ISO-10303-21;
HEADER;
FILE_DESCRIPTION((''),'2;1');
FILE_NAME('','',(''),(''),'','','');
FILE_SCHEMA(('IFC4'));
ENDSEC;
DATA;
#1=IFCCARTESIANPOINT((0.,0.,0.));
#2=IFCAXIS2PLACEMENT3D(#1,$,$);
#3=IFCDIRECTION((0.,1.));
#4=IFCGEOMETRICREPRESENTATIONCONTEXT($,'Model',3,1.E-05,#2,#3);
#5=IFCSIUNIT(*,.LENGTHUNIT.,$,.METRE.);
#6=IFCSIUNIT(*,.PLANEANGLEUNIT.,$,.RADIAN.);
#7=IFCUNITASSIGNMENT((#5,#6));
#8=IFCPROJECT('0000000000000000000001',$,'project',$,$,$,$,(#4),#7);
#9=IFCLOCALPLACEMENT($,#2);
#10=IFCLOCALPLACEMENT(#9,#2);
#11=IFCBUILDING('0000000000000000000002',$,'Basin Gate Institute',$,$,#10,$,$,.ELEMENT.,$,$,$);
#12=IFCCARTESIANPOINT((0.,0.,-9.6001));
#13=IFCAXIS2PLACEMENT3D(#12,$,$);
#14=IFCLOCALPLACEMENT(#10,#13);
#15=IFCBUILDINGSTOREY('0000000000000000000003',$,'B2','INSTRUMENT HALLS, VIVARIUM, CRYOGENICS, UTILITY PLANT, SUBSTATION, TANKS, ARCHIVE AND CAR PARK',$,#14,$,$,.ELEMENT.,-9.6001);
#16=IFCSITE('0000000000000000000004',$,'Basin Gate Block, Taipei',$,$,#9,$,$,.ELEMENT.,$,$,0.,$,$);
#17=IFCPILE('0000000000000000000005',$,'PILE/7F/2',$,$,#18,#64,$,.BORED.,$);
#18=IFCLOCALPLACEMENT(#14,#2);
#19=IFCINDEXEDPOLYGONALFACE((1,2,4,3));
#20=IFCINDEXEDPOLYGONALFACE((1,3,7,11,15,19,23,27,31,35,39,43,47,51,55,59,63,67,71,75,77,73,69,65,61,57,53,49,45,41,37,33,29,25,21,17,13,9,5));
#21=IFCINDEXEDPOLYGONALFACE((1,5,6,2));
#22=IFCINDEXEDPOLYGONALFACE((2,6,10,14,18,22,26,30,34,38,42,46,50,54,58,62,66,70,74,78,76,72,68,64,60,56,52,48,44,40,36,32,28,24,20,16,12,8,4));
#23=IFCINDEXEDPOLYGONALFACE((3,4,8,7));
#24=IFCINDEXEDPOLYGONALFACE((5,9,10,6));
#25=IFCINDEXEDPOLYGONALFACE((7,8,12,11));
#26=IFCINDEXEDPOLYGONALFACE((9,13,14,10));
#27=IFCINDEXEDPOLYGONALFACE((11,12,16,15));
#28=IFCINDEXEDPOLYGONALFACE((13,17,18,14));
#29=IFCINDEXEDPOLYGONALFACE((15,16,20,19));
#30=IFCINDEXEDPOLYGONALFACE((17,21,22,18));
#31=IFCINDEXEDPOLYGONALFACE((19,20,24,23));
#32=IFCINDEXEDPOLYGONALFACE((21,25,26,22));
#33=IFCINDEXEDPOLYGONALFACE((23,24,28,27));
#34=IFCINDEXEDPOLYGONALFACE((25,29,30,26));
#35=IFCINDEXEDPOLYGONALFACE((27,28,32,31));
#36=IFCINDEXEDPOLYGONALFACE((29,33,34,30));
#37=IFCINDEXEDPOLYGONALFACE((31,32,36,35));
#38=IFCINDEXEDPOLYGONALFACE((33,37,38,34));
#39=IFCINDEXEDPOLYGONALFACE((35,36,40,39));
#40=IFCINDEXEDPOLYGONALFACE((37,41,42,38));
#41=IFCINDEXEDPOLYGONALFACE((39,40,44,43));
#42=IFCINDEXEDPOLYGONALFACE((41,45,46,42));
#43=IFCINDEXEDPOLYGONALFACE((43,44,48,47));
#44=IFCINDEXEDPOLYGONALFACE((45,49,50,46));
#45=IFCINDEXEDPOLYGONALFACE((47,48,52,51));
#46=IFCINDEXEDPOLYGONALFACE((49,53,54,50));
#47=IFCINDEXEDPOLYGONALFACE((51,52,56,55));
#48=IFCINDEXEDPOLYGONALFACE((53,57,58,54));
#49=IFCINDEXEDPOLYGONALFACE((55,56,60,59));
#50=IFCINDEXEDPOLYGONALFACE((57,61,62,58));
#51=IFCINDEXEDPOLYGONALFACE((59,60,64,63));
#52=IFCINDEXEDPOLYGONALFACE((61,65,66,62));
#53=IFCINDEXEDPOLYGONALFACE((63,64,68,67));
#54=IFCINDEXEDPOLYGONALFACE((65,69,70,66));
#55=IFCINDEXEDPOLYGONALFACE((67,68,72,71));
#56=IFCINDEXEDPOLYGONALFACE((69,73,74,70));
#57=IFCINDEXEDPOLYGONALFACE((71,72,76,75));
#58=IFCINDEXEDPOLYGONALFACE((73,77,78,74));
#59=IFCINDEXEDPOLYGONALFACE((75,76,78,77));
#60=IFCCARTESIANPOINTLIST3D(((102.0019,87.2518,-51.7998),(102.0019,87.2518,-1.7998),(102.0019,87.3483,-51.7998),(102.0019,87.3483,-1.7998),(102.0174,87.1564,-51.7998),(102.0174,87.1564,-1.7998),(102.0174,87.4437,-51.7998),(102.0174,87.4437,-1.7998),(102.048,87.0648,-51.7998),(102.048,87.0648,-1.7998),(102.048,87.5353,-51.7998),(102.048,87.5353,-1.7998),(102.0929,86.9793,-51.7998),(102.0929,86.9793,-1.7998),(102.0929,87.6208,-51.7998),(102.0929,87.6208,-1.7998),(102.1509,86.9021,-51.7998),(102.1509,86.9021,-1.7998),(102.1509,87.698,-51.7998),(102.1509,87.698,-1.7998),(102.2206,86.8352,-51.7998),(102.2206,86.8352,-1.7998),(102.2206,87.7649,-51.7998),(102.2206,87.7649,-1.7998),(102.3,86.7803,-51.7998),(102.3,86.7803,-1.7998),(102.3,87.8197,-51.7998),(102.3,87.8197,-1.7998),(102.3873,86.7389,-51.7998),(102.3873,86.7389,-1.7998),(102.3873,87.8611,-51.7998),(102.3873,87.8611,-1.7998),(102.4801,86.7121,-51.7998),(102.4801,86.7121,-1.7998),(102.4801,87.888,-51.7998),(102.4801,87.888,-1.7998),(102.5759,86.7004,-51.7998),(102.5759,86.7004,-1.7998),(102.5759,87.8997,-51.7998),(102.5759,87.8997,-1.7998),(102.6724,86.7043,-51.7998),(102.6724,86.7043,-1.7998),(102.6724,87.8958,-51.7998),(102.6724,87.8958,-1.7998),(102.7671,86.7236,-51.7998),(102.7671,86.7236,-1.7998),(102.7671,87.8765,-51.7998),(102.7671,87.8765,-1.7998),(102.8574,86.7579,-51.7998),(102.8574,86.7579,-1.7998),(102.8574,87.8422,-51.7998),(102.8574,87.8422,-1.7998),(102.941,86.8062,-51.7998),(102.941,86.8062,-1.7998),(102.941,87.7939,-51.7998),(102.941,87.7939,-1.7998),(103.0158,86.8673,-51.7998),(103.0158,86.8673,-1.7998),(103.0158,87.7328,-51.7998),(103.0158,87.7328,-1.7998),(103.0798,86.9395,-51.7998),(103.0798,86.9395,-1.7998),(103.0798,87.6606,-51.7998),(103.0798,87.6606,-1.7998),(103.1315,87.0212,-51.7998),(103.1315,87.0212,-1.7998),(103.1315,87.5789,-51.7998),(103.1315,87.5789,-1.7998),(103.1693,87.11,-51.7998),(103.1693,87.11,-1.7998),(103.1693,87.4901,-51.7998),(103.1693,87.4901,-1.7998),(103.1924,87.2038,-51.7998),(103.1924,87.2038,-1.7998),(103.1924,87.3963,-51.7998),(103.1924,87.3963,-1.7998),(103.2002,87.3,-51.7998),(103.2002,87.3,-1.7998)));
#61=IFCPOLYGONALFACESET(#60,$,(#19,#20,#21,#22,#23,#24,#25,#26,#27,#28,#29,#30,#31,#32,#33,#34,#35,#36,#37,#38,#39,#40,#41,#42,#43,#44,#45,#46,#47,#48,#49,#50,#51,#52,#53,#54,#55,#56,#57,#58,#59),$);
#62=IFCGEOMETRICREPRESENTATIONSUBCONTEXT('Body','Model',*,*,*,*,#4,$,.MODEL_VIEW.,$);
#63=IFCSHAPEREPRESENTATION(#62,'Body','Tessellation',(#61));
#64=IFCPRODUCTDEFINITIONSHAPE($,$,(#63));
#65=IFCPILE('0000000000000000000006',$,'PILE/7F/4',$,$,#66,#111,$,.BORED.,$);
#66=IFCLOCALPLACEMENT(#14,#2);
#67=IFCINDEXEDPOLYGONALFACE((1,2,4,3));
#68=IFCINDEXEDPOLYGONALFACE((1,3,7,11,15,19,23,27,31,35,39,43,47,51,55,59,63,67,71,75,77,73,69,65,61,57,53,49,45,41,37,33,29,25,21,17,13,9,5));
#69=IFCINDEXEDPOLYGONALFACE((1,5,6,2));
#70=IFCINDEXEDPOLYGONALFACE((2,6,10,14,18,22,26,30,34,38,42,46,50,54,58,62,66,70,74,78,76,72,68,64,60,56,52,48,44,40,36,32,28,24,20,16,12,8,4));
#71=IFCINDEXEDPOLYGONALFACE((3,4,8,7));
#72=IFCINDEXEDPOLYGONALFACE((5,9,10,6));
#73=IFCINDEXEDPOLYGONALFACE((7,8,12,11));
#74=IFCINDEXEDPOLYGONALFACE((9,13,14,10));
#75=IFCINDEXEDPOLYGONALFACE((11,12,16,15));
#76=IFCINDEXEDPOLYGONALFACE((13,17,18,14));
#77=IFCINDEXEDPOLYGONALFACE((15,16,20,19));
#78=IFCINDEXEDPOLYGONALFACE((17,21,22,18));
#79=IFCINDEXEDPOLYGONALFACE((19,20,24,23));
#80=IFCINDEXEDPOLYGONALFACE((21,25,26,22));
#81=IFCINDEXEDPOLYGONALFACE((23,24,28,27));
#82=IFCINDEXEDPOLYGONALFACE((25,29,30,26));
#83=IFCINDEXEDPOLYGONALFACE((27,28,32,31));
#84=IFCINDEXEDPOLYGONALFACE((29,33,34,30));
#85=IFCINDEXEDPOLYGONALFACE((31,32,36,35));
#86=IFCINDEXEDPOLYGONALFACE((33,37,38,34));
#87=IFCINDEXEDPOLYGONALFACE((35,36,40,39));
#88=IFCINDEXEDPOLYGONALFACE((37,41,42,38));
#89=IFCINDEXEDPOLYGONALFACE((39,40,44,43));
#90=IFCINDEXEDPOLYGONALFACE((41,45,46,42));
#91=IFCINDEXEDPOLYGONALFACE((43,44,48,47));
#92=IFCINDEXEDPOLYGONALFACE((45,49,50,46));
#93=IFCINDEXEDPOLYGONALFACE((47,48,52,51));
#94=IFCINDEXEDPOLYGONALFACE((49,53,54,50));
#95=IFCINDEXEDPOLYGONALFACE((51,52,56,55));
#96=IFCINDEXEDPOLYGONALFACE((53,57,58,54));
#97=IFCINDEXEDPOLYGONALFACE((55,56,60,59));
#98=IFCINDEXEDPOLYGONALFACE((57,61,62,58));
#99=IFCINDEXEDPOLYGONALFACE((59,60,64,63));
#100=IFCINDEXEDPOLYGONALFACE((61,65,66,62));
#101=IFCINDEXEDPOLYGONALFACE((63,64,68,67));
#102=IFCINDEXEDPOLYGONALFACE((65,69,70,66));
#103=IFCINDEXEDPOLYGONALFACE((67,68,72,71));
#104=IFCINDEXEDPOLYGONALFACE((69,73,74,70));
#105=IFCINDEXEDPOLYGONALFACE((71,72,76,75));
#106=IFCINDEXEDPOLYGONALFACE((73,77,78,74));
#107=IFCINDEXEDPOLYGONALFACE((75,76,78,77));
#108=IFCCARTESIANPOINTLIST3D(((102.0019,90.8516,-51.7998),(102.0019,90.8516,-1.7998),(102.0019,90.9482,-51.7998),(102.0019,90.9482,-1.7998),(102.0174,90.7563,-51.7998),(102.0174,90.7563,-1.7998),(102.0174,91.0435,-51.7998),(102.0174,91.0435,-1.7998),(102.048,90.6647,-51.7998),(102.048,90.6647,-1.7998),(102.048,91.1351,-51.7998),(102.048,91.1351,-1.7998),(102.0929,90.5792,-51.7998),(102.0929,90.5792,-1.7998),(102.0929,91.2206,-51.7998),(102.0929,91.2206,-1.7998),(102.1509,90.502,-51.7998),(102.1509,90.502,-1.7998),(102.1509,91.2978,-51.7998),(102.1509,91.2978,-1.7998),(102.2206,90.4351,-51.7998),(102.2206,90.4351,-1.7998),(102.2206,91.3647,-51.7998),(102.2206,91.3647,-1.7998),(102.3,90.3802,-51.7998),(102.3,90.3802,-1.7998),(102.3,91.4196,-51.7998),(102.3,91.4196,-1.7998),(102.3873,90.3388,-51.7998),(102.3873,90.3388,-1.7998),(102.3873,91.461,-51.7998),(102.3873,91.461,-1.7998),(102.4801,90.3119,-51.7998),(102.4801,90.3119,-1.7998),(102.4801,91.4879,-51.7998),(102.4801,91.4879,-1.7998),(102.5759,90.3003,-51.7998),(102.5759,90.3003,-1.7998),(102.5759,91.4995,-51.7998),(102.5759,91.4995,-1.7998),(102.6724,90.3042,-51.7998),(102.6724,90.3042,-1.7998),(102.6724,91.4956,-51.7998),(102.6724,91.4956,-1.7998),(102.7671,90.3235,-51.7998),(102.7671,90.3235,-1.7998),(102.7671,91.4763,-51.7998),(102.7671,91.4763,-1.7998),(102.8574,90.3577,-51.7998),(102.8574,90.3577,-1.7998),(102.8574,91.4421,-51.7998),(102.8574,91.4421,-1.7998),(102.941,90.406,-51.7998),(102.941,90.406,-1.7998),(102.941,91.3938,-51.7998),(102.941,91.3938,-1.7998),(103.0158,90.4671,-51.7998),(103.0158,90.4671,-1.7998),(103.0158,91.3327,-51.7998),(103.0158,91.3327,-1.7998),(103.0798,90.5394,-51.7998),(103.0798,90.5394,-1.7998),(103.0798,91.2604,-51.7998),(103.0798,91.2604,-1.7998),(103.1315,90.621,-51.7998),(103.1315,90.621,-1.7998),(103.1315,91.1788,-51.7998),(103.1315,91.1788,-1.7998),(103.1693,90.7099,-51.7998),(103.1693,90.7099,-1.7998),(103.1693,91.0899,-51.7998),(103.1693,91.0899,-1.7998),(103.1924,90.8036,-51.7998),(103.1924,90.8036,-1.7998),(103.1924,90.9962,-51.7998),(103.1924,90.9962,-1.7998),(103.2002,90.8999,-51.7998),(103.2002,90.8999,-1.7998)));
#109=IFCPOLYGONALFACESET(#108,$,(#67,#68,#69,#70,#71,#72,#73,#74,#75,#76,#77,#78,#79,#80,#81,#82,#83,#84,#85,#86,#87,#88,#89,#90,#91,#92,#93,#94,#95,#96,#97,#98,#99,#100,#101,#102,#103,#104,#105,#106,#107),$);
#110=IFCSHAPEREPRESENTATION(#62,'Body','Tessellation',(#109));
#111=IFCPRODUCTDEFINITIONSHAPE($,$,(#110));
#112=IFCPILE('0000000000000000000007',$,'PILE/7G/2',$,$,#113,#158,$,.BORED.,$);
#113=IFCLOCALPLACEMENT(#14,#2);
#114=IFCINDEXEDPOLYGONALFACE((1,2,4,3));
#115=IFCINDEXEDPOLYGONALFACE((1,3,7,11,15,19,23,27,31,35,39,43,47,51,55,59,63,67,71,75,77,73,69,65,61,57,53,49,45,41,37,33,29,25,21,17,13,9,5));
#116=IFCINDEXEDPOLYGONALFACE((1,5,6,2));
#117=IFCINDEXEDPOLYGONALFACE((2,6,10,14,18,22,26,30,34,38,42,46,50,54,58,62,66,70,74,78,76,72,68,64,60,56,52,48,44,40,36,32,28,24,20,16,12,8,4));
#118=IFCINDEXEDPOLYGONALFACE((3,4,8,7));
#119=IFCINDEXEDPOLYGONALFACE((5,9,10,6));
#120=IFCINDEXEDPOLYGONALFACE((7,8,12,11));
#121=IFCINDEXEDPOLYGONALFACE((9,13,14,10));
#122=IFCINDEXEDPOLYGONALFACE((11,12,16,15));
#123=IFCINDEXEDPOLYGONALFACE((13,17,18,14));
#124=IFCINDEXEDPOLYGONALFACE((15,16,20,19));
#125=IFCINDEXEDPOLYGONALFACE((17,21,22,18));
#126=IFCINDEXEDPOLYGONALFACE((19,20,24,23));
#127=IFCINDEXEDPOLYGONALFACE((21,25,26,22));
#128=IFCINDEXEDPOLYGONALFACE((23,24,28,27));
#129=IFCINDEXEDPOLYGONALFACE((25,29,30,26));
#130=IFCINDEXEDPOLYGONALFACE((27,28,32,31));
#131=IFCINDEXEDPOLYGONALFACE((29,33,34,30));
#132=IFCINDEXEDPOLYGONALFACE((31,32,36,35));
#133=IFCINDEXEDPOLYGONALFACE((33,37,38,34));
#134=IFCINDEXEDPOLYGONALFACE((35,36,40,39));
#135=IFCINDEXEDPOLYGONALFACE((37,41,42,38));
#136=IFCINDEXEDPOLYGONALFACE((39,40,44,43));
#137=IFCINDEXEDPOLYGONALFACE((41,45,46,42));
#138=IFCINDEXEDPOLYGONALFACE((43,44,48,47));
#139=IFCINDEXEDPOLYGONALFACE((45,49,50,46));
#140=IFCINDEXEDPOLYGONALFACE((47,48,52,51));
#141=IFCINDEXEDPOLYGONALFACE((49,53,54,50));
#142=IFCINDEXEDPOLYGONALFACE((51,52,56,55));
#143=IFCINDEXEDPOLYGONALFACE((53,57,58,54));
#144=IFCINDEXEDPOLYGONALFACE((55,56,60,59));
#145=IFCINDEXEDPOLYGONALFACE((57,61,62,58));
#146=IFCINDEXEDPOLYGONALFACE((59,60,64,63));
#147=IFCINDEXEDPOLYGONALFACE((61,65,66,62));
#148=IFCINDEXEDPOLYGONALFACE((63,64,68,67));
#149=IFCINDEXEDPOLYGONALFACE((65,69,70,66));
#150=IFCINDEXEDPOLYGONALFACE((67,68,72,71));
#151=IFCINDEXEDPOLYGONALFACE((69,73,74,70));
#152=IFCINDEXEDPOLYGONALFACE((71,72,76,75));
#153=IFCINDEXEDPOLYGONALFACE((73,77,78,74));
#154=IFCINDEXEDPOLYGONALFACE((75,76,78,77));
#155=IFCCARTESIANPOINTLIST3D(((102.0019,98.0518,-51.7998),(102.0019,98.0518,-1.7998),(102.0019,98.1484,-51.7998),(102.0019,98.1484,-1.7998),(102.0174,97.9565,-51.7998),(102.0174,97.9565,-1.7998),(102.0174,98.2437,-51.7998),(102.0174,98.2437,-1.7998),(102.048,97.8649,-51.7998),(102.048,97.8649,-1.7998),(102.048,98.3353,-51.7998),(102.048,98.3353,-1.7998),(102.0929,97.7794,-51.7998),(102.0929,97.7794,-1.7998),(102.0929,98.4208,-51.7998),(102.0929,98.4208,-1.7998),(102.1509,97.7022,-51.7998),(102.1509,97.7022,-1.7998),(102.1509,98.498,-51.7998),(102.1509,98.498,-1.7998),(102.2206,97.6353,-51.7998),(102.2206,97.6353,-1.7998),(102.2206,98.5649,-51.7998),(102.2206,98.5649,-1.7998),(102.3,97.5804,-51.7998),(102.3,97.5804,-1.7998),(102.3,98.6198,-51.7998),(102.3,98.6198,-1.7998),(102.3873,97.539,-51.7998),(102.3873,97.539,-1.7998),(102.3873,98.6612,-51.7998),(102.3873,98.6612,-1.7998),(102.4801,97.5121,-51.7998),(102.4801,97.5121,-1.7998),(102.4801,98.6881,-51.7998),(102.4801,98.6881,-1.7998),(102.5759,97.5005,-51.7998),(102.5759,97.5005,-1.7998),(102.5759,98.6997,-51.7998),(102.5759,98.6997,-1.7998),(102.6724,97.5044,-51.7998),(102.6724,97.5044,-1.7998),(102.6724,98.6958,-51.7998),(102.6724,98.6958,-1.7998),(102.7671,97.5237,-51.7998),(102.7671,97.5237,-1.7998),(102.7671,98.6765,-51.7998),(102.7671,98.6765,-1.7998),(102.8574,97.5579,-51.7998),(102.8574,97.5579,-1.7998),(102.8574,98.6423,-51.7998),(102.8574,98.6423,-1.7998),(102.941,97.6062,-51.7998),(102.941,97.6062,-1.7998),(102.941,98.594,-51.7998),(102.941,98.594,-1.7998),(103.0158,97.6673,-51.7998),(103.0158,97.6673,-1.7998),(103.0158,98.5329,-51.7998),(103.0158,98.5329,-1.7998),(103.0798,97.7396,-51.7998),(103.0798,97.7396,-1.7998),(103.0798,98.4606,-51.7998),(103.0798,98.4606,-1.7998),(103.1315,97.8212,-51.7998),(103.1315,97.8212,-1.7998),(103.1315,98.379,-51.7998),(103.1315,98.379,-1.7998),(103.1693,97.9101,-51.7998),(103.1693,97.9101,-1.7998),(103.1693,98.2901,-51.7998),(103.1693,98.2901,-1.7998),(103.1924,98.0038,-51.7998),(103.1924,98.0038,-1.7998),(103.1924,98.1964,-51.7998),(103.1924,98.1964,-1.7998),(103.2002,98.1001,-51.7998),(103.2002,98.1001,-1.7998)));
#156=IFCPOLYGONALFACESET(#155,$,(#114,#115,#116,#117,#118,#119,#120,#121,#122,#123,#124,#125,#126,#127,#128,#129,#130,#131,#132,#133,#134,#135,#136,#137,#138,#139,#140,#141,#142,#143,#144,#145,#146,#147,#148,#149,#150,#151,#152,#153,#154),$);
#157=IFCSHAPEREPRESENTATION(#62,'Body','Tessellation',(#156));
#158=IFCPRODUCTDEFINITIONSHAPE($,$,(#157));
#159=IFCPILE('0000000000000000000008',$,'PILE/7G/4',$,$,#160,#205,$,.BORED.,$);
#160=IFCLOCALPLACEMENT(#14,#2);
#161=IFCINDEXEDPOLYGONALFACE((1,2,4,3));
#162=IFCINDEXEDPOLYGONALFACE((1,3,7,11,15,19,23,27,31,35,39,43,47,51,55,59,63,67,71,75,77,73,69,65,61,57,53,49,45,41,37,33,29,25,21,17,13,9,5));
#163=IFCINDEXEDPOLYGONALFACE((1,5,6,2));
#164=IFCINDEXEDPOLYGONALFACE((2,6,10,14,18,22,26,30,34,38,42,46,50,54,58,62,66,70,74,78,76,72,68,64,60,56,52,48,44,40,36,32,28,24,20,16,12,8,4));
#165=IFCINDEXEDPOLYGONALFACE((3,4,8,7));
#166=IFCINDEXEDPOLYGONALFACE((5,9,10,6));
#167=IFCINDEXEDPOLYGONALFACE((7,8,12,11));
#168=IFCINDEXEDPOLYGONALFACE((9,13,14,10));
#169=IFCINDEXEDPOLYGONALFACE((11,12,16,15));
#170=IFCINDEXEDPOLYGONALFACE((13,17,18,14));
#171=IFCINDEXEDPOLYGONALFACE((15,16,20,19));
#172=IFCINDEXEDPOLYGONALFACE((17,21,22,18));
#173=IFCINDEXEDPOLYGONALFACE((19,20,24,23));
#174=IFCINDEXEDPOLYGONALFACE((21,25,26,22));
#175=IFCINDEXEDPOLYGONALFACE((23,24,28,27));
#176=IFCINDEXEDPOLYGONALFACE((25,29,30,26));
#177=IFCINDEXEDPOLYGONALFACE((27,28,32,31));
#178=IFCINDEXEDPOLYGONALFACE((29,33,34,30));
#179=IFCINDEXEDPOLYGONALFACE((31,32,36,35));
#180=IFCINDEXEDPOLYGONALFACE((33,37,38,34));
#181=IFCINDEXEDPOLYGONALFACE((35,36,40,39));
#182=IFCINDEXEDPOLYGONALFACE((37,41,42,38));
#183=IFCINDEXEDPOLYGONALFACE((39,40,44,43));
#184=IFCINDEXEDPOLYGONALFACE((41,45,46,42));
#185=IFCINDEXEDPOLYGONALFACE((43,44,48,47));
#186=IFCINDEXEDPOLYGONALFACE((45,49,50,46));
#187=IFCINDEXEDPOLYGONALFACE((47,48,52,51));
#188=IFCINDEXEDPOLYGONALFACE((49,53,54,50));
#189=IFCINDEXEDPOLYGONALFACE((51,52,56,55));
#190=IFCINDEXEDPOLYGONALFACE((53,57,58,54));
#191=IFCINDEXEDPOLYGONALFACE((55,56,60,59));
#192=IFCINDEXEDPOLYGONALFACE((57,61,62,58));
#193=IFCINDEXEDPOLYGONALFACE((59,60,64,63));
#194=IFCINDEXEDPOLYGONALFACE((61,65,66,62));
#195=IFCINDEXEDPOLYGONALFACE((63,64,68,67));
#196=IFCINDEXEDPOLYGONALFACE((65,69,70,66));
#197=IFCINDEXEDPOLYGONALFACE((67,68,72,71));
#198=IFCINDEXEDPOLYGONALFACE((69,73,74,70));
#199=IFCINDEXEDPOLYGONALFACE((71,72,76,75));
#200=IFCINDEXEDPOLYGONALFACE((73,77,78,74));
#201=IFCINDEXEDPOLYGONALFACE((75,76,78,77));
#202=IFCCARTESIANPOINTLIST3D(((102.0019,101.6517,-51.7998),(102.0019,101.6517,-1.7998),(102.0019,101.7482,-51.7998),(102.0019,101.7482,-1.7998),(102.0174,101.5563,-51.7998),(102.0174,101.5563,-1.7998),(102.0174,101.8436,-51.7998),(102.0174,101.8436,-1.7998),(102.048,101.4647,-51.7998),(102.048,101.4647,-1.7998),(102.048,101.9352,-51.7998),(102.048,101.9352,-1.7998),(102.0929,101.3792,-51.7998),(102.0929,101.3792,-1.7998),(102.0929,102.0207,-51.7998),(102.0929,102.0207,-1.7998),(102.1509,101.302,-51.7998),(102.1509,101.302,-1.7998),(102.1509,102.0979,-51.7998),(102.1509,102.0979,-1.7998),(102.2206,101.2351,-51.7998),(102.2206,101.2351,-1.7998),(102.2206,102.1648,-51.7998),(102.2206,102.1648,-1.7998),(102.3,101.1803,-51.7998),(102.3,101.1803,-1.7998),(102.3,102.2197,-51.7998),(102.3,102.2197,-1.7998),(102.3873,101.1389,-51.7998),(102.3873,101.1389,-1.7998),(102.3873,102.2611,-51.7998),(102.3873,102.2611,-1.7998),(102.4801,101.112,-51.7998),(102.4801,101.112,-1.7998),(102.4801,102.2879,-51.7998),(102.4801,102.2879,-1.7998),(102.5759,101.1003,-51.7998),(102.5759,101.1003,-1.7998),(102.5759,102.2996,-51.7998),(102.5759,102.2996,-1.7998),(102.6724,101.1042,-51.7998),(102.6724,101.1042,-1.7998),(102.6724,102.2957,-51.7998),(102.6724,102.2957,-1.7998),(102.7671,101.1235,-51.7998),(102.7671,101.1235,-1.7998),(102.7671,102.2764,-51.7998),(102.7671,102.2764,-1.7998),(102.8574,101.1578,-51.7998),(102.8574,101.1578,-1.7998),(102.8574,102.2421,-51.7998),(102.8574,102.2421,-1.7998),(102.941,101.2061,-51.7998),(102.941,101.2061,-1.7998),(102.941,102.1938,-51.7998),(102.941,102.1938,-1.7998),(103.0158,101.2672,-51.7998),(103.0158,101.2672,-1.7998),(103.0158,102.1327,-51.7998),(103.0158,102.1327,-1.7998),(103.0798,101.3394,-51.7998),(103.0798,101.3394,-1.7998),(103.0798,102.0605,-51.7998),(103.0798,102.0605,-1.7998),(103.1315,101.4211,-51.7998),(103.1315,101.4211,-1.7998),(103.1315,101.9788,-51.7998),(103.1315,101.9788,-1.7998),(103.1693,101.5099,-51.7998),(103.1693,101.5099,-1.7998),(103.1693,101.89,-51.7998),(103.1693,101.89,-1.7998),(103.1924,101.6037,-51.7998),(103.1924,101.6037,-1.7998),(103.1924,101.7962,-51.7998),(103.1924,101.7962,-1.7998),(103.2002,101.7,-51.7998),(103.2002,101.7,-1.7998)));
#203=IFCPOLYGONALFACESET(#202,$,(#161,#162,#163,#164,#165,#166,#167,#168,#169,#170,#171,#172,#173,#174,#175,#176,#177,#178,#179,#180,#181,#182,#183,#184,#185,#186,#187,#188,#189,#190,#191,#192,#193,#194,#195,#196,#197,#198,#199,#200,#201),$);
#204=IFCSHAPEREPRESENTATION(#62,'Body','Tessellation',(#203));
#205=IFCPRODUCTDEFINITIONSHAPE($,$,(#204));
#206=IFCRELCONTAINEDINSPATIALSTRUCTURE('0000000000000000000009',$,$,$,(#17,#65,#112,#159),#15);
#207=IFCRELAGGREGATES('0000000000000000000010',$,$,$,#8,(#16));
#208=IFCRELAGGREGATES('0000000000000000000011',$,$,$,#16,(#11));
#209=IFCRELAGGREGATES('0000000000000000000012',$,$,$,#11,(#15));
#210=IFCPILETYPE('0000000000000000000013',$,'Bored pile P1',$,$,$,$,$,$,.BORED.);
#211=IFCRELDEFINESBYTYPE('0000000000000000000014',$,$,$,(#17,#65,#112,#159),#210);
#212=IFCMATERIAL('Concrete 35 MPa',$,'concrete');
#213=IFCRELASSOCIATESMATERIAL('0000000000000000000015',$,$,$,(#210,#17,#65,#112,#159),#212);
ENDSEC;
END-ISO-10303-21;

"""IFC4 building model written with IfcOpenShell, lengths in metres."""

from ifc_helpers import new_model, si_unit, direction, frame, origin, origin_2d, place, context, subcontext, project, spatial, circle, extrude, material, material_profile, profile_set, type_object, element, save


model = new_model("IFC4")

# Units and contexts
model_context = context("Model", 3, precision=1e-05, world=origin(), true_north=direction((0.0, 1.0)))
body_context = subcontext(model_context, "Body", "Model", "MODEL_VIEW")
ifc_project = project(units=[si_unit("LENGTHUNIT", "METRE"), si_unit("PLANEANGLEUNIT", "RADIAN")], contexts=[model_context])

# Site, building, storey
site_placement = place(None, origin())
site = spatial("IfcSite", under=ifc_project, at=site_placement, Name="Basin Gate Block, Taipei", CompositionType="ELEMENT", RefElevation=0.0)
building_placement = place(site_placement, origin())
building = spatial("IfcBuilding", under=site, at=building_placement, Name="Basin Gate Institute", CompositionType="ELEMENT")
storey_placement = place(building_placement, frame((0.0, 0.0, -9.6001)))
storey = spatial("IfcBuildingStorey", under=building, at=storey_placement, Name="B2", Description="INSTRUMENT HALLS, VIVARIUM, CRYOGENICS, UTILITY PLANT, SUBSTATION, TANKS, ARCHIVE AND CAR PARK", CompositionType="ELEMENT", Elevation=-9.6001)

# Piles
ifc_material_1 = material(Name="Concrete 35 MPa", Category="concrete")
ifc_material_profile_1 = material_profile(ifc_material_1, circle(Radius=0.6001, at=origin_2d()), Name="Bored pile P1 1200 dia")
ifc_profile_set_1 = profile_set([ifc_material_profile_1], Name="Concrete 35 MPa")
pile_type = type_object("IfcPileType", Name="Bored pile P1", PredefinedType="BORED", material=ifc_profile_set_1)
for number, where, z_axis, x_axis, name in (
    (1, (102.6001, 87.3, -1.7998), (0.0, 0.0, -1.0), (1.0, 0.0, 0.0), "PILE/7F/2"),
    (2, (102.6001, 90.8999, -1.7998), (0.0, 0.0, -1.0), (1.0, 0.0, 0.0), "PILE/7F/4"),
    (3, (102.6001, 98.1001, -1.7998), (0.0, 0.0, -1.0), (1.0, 0.0, 0.0), "PILE/7G/2"),
    (4, (102.6001, 101.7, -1.7998), (0.0, 0.0, -1.0), (1.0, 0.0, 0.0), "PILE/7G/4"),
):
    element("IfcPile", number, at=place(storey_placement, frame(where, z_axis=z_axis, x_axis=x_axis)), inside=storey, type_object=pile_type, material=ifc_profile_set_1, Name=name, PredefinedType="BORED", context=body_context, shape_type="SweptSolid", body=[
        extrude(circle(Radius=0.6001, at=origin_2d()), origin(), (0.0, 0.0, 1.0), 50.0),
    ])

save(model, "model.ifc")
